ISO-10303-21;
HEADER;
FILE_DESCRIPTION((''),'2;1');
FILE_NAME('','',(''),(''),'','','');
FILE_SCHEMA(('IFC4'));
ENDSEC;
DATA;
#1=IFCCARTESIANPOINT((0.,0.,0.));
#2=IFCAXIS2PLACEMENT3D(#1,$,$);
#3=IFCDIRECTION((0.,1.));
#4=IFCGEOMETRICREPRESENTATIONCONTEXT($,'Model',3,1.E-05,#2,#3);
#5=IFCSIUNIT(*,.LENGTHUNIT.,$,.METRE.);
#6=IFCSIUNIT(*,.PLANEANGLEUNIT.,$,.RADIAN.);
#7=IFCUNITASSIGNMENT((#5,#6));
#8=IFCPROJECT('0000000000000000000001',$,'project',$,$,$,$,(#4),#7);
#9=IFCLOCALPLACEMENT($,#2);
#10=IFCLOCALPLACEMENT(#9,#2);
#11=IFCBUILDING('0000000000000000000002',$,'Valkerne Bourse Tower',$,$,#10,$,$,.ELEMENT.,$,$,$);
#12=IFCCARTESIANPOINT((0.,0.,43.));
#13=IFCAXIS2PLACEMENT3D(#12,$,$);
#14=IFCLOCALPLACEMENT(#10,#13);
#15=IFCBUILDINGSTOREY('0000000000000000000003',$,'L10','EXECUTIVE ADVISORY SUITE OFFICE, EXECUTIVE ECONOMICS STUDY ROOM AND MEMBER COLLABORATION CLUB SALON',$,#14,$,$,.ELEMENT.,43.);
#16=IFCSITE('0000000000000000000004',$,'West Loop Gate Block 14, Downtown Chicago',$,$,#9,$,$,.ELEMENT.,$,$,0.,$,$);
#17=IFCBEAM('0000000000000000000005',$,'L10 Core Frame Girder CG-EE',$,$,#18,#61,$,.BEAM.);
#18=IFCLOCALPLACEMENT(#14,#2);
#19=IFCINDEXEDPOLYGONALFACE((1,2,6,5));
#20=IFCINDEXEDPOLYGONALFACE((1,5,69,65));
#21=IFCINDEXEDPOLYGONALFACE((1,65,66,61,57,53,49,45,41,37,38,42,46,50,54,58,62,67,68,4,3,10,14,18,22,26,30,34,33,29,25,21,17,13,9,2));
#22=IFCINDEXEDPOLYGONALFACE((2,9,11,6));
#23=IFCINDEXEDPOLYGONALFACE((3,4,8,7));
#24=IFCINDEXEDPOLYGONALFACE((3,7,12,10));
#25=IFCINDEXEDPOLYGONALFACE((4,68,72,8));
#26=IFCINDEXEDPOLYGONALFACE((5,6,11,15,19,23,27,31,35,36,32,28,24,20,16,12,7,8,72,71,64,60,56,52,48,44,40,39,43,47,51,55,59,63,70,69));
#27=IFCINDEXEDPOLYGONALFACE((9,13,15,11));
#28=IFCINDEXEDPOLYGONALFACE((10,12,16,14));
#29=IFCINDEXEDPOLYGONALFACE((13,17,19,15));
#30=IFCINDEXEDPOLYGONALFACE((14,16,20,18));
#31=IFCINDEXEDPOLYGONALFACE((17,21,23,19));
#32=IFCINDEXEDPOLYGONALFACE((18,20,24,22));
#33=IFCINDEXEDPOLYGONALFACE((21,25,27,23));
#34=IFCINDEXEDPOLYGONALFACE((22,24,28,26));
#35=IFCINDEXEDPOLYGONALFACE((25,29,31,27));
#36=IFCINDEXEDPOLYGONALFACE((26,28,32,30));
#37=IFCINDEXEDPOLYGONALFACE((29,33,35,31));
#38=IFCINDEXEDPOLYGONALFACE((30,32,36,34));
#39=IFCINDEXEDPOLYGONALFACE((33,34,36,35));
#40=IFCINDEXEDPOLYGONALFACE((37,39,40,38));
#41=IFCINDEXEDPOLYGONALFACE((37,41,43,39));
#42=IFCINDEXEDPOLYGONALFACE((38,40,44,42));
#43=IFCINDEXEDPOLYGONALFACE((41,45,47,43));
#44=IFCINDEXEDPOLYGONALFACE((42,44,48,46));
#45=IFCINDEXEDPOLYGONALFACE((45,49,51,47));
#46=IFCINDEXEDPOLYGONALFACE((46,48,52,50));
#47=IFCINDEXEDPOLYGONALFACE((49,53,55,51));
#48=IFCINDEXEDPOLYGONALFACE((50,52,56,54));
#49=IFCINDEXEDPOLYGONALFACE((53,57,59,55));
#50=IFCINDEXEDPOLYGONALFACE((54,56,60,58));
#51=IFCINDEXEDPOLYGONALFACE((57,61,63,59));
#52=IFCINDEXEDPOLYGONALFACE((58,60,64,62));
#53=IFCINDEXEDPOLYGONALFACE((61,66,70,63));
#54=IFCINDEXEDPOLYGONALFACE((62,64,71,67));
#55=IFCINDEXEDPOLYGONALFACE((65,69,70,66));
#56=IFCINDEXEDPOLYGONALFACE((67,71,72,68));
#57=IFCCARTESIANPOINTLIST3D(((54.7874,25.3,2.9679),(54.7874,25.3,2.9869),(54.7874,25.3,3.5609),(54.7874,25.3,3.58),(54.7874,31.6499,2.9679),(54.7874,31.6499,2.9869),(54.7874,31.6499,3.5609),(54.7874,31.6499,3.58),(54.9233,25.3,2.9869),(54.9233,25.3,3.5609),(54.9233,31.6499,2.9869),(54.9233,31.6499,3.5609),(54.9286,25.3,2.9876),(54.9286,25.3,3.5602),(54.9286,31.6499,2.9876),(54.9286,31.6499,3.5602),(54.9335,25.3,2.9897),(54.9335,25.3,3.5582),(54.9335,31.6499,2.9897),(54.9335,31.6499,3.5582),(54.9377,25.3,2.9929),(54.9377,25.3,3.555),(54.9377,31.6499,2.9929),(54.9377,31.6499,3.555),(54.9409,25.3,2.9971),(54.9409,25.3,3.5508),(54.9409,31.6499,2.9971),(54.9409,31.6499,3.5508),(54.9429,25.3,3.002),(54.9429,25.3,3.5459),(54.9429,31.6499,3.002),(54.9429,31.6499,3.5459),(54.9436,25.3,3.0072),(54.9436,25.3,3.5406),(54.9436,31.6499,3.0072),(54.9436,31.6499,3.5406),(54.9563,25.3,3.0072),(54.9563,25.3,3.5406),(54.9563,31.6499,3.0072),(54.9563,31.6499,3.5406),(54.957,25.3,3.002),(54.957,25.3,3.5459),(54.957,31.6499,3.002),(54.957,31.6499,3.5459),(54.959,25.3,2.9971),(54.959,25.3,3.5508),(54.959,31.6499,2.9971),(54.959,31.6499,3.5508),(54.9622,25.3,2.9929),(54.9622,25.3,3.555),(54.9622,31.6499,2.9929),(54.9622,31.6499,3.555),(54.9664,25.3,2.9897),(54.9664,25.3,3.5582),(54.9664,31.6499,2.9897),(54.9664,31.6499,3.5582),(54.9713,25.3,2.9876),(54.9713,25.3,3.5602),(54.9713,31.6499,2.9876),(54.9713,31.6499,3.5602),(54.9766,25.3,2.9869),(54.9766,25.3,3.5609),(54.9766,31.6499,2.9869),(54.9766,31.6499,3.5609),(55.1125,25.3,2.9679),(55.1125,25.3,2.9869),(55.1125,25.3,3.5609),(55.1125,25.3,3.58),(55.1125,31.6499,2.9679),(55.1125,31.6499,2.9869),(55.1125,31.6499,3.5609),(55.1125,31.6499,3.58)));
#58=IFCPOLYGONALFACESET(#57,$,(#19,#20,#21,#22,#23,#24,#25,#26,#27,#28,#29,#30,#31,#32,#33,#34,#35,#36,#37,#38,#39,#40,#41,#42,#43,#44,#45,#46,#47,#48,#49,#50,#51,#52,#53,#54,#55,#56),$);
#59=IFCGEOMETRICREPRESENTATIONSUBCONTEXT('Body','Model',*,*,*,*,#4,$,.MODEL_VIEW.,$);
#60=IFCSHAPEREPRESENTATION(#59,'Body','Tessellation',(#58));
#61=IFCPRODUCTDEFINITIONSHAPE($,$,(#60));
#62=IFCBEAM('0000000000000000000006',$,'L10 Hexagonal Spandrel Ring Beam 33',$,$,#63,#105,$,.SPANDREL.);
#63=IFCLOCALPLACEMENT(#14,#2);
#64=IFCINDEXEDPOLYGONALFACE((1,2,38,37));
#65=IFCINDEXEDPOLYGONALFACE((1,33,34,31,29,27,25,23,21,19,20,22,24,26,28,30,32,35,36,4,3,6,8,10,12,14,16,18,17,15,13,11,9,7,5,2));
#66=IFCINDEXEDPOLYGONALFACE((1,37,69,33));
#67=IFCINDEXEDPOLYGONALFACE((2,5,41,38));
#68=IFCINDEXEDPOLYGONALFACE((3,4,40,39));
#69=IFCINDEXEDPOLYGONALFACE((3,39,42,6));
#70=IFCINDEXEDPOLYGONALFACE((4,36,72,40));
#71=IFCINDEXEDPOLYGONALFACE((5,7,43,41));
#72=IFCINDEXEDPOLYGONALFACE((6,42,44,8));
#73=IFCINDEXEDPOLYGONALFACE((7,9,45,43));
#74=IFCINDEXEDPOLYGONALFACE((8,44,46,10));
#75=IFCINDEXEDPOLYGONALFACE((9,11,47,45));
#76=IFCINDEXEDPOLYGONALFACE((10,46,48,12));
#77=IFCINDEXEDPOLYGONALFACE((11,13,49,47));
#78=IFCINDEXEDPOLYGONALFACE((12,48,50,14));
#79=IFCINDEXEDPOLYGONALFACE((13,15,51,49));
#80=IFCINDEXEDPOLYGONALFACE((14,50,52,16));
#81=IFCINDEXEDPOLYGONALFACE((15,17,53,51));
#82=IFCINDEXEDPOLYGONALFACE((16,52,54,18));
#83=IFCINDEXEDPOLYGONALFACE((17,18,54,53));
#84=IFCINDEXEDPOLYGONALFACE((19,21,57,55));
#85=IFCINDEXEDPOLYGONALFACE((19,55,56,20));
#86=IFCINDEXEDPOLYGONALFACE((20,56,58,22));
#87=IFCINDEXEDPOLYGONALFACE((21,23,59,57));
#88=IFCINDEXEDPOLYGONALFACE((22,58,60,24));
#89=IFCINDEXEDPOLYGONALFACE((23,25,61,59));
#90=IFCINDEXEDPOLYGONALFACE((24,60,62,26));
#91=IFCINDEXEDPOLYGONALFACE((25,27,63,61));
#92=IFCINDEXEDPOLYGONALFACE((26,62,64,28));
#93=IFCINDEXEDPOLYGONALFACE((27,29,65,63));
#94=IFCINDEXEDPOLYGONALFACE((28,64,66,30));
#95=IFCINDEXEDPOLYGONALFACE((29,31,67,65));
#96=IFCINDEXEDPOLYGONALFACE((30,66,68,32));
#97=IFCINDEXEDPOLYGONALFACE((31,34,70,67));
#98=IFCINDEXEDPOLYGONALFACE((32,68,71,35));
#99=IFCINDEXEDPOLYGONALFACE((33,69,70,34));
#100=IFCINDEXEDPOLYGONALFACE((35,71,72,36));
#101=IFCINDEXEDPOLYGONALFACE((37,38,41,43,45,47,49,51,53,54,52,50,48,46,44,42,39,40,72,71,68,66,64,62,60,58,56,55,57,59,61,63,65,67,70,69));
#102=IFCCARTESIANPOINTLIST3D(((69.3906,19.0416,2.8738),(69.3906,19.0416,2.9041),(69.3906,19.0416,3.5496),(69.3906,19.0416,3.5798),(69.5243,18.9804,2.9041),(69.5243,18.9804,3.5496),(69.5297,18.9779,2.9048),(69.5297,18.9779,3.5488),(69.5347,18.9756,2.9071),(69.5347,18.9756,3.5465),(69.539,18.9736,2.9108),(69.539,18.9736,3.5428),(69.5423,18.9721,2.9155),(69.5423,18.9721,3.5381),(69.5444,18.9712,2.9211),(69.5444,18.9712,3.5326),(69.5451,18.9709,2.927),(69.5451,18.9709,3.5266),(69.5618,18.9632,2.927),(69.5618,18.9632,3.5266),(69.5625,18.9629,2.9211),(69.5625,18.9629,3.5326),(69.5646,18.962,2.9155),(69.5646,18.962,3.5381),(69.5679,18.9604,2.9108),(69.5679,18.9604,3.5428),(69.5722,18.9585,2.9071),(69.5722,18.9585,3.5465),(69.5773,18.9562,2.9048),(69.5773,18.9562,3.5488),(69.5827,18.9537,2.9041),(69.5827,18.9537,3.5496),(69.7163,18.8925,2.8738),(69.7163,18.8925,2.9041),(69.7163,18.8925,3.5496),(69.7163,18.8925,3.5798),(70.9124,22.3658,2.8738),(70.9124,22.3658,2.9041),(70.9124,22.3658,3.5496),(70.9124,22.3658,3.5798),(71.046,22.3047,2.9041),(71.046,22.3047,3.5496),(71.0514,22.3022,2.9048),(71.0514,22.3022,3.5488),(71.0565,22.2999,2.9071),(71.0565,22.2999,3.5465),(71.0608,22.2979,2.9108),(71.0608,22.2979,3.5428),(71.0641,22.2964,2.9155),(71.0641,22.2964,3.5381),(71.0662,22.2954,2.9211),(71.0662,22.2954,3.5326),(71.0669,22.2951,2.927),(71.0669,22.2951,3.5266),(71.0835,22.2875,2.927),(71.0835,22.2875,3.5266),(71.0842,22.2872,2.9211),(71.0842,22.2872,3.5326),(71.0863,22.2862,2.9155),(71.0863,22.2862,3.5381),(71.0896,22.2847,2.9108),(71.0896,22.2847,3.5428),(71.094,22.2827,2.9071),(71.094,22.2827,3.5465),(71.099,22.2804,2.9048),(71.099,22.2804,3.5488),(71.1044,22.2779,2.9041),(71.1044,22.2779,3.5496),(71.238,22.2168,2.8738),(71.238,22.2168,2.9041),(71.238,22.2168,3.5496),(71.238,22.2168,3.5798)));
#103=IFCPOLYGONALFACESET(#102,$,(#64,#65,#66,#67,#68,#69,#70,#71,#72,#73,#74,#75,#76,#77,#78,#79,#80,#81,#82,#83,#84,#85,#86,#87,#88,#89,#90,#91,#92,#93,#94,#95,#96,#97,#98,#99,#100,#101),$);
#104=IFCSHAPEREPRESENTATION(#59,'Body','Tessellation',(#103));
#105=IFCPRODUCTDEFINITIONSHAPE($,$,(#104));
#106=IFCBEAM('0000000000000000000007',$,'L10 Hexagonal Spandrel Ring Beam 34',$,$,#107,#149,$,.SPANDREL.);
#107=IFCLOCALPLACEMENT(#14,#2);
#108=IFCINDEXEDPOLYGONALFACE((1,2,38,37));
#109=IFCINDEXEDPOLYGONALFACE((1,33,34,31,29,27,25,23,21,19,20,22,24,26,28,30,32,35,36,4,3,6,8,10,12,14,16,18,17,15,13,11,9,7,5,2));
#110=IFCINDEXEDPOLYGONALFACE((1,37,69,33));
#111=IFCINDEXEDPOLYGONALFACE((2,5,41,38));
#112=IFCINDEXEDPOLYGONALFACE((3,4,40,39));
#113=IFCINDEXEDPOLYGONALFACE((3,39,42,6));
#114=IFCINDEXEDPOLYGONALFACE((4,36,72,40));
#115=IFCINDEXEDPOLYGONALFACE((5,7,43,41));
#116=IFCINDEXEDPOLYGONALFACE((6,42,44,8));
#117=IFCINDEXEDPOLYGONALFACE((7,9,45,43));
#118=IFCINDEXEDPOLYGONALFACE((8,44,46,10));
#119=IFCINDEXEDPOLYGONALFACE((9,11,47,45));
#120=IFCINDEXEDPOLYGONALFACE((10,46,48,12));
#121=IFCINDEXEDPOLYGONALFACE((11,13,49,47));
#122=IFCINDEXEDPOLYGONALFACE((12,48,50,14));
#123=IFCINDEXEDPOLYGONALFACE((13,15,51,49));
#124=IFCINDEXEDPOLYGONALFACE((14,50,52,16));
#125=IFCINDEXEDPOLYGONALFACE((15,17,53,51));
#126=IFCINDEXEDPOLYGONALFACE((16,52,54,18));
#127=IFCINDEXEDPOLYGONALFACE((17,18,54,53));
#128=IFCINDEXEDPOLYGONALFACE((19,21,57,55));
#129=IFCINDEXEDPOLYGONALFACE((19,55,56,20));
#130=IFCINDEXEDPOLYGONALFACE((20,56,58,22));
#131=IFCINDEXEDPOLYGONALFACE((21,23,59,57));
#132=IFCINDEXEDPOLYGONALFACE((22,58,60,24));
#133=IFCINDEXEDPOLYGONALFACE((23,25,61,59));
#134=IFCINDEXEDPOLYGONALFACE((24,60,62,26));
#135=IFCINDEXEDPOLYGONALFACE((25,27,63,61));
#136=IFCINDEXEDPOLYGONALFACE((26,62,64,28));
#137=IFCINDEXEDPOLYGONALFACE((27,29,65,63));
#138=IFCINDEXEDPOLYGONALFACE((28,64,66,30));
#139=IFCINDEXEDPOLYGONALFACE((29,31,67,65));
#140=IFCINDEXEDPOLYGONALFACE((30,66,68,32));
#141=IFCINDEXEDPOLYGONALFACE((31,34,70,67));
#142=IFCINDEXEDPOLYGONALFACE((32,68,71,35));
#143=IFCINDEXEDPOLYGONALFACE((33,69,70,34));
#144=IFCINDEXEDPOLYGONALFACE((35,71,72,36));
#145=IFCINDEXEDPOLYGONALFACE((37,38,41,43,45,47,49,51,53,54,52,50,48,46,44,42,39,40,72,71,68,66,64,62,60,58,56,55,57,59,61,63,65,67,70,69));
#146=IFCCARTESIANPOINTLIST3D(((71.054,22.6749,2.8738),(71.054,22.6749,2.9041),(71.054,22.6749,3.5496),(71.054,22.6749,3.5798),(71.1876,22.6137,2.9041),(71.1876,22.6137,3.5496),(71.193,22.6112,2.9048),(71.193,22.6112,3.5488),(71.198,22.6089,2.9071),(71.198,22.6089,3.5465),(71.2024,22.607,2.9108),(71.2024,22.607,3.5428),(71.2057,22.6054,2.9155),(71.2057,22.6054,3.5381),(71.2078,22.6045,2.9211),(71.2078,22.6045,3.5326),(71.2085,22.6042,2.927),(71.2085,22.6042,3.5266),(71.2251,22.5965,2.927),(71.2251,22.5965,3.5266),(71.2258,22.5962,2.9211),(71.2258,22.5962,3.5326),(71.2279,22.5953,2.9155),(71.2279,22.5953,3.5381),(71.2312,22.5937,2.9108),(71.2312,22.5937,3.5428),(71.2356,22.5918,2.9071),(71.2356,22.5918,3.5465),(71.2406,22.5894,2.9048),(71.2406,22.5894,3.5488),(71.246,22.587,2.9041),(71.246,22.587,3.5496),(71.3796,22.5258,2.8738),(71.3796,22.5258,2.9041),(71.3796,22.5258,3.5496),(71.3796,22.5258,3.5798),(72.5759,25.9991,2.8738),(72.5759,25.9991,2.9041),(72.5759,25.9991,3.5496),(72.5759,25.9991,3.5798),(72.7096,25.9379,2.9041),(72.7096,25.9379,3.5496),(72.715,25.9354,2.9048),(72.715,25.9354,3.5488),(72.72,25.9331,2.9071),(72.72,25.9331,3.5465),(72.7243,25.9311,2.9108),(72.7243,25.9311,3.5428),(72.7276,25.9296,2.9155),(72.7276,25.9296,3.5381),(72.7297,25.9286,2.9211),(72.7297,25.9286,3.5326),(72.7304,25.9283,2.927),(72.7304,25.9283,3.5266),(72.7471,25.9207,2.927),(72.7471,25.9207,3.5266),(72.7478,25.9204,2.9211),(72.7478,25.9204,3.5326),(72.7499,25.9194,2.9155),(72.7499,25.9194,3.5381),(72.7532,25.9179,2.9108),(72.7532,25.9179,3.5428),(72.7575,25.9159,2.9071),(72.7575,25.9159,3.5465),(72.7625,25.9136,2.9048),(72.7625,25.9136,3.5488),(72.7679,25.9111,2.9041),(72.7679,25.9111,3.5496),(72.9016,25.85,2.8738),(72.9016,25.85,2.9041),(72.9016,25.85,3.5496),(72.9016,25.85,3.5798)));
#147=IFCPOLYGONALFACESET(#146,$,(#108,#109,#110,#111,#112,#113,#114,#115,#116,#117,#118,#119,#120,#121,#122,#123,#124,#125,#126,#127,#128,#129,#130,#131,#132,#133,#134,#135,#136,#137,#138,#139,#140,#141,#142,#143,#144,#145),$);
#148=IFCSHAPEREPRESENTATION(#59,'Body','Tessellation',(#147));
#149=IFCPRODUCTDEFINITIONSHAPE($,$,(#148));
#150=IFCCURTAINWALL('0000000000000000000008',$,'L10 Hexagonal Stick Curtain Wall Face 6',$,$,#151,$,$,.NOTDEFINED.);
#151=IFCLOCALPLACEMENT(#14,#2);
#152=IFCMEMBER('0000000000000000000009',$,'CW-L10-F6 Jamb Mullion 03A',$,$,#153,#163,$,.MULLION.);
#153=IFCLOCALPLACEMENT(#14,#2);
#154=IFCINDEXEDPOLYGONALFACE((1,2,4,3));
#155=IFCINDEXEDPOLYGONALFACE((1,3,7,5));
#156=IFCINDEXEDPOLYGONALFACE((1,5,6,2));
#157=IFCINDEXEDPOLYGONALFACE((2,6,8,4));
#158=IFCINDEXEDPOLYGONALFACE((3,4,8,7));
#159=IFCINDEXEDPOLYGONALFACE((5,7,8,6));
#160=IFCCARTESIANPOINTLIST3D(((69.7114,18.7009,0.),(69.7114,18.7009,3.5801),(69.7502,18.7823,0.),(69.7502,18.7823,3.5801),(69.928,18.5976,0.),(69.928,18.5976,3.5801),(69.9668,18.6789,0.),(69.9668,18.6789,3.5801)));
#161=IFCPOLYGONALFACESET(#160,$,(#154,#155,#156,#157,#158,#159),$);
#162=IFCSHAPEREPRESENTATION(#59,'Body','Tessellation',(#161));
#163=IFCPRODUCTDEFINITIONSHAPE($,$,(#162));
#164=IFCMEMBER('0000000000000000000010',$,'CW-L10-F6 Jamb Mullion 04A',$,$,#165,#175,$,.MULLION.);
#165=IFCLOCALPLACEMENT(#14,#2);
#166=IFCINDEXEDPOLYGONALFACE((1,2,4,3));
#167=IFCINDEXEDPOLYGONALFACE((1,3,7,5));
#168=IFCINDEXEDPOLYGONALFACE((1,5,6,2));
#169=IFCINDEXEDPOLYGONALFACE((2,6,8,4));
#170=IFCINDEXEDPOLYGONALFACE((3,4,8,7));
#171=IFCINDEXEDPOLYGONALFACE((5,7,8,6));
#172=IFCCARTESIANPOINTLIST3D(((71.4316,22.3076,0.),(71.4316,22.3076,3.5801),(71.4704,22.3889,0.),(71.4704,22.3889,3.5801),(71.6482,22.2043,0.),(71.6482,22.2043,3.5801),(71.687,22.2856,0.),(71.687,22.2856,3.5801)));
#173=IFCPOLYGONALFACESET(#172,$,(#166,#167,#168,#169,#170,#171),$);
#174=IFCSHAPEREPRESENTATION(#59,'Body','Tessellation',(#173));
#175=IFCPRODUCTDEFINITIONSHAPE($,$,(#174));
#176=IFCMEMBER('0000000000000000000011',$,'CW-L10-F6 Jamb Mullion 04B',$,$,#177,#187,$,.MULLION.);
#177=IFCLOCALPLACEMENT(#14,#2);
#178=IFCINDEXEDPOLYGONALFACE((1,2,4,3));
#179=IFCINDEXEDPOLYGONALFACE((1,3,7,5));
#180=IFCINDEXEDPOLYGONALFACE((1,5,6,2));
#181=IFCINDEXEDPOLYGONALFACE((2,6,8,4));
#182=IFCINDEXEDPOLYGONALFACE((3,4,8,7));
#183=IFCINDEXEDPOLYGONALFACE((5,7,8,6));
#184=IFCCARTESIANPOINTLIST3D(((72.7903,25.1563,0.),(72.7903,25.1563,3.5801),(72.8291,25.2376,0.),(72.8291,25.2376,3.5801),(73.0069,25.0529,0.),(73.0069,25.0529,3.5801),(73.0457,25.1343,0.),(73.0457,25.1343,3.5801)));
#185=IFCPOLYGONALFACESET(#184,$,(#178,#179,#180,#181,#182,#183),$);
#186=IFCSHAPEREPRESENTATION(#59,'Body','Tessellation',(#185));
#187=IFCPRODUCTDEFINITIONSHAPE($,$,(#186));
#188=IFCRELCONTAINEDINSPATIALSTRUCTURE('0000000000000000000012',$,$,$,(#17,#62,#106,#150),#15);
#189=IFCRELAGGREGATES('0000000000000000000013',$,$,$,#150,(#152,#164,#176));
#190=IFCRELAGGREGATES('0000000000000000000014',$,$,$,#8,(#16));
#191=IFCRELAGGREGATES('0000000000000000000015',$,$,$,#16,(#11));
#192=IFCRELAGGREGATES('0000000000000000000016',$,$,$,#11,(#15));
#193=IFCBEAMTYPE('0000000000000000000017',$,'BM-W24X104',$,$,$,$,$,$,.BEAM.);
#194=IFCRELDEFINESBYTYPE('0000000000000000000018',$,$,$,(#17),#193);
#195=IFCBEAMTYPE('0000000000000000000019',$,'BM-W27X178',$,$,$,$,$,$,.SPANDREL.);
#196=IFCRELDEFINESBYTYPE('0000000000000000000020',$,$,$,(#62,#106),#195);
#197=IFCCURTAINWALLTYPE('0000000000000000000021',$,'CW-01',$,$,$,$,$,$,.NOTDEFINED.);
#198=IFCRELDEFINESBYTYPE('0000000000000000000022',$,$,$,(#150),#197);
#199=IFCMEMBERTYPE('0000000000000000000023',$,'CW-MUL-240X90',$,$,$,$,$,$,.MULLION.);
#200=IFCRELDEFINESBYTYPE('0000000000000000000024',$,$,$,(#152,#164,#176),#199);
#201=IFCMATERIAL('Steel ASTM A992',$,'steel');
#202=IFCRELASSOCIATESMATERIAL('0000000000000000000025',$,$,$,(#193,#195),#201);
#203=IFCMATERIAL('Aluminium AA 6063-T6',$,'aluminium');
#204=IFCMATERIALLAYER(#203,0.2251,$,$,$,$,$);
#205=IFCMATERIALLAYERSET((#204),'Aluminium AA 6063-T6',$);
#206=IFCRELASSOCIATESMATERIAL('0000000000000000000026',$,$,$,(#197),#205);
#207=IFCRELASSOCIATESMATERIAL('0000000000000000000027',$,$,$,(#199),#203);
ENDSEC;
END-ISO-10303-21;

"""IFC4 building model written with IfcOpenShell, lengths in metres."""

from ifc_helpers import new_model, si_unit, direction, frame, origin, origin_2d, place, context, subcontext, project, spatial, rectangle, i_section, extrude, material, layer, layer_set, material_profile, profile_set, type_object, element, aggregate, save


model = new_model("IFC4")

# Units and contexts
model_context = context("Model", 3, precision=1e-05, world=origin(), true_north=direction((0.0, 1.0)))
body_context = subcontext(model_context, "Body", "Model", "MODEL_VIEW")
ifc_project = project(units=[si_unit("LENGTHUNIT", "METRE"), si_unit("PLANEANGLEUNIT", "RADIAN")], contexts=[model_context])

# Site, building, storey
site_placement = place(None, origin())
site = spatial("IfcSite", under=ifc_project, at=site_placement, Name="West Loop Gate Block 14, Downtown Chicago", CompositionType="ELEMENT", RefElevation=0.0)
building_placement = place(site_placement, origin())
building = spatial("IfcBuilding", under=site, at=building_placement, Name="Valkerne Bourse Tower", CompositionType="ELEMENT")
storey_placement = place(building_placement, frame((0.0, 0.0, 43.0)))
storey = spatial("IfcBuildingStorey", under=building, at=storey_placement, Name="L10", Description="EXECUTIVE ADVISORY SUITE OFFICE, EXECUTIVE ECONOMICS STUDY ROOM AND MEMBER COLLABORATION CLUB SALON", CompositionType="ELEMENT", Elevation=43.0)

# Beams
ifc_material_1 = material(Name="Steel ASTM A992", Category="steel")
ifc_material_profile_1 = material_profile(ifc_material_1, i_section(OverallWidth=0.3252, OverallDepth=0.6121, WebThickness=0.0127, FlangeThickness=0.019, FilletRadius=0.0203, at=origin_2d()), Name="W24X104")
ifc_profile_set_1 = profile_set([ifc_material_profile_1], Name="Steel ASTM A992")
beam_type_1 = type_object("IfcBeamType", Name="BM-W24X104", PredefinedType="BEAM", material=ifc_profile_set_1)
beam_1_placement = place(storey_placement, frame((54.95, 25.3, 3.2739), z_axis=(0.0, 1.0, 0.0), x_axis=(-1.0, 0.0, 0.0)))
element("IfcBeam", 1, at=beam_1_placement, inside=storey, type_object=beam_type_1, Name="L10 Core Frame Girder CG-EE", PredefinedType="BEAM", context=body_context, shape_type="SweptSolid", body=[
    extrude(i_section(OverallWidth=0.3252, OverallDepth=0.6121, WebThickness=0.0127, FlangeThickness=0.019, FilletRadius=0.0203, at=origin_2d()), origin(), (0.0, 0.0, 1.0), 6.3499),
])
ifc_material_profile_2 = material_profile(ifc_material_1, i_section(OverallWidth=0.3582, OverallDepth=0.7061, WebThickness=0.0183, FlangeThickness=0.0303, FilletRadius=0.0229, at=origin_2d()), Name="W27X178")
ifc_profile_set_2 = profile_set([ifc_material_profile_2], Name="Steel ASTM A992")
beam_type_2 = type_object("IfcBeamType", Name="BM-W27X178", PredefinedType="SPANDREL", material=ifc_profile_set_2)
for number, where, z_axis, x_axis, name in (
    (2, (69.5535, 18.967, 3.2268), (0.416232, 0.909259, 0.0), (-0.909259, 0.416232, 0.0), "L10 Hexagonal Spandrel Ring Beam 33"),
    (3, (71.2168, 22.6003, 3.2268), (0.416287, 0.909233, 0.0), (-0.909233, 0.416287, 0.0), "L10 Hexagonal Spandrel Ring Beam 34"),
):
    element("IfcBeam", number, at=place(storey_placement, frame(where, z_axis=z_axis, x_axis=x_axis)), inside=storey, type_object=beam_type_2, Name=name, PredefinedType="SPANDREL", context=body_context, shape_type="SweptSolid", body=[
        extrude(i_section(OverallWidth=0.3582, OverallDepth=0.7061, WebThickness=0.0183, FlangeThickness=0.0303, FilletRadius=0.0229, at=origin_2d()), origin(), (0.0, 0.0, 1.0), 3.656),
    ])

# Curtain wall, members
ifc_material_2 = material(Name="Aluminium AA 6063-T6", Category="aluminium")
ifc_layer_1 = layer(ifc_material_2, 0.2251)
ifc_layer_set_1 = layer_set([ifc_layer_1], Name="Aluminium AA 6063-T6")
curtain_wall_type = type_object("IfcCurtainWallType", Name="CW-01", PredefinedType="NOTDEFINED", material=ifc_layer_set_1)
curtain_wall_placement = place(storey_placement, origin())
curtain_wall = element("IfcCurtainWall", 4, at=curtain_wall_placement, inside=storey, type_object=curtain_wall_type, Name="L10 Hexagonal Stick Curtain Wall Face 6", PredefinedType="NOTDEFINED")
ifc_material_profile_3 = material_profile(ifc_material_2, rectangle(XDim=0.0901, YDim=0.24, at=origin_2d()), Name="CWM-90X240")
ifc_profile_set_3 = profile_set([ifc_material_profile_3], Name="Aluminium AA 6063-T6")
member_type_1 = type_object("IfcMemberType", Name="CW-MUL-240X90", PredefinedType="MULLION", material=ifc_profile_set_3)
member_1_placement = place(storey_placement, frame((69.8391, 18.6899, 0.0), z_axis=(0.0, 0.0, 1.0), x_axis=(0.4305, 0.902591, 0.0)))
member_1 = element("IfcMember", 5, at=member_1_placement, type_object=member_type_1, Name="CW-L10-F6 Jamb Mullion 03A", PredefinedType="MULLION", context=body_context, shape_type="SweptSolid", body=[
    extrude(rectangle(XDim=0.0901, YDim=0.24, at=origin_2d()), origin(), (0.0, 0.0, 1.0), 3.5801),
])
member_2_placement = place(storey_placement, frame((71.5593, 22.2966, 0.0), z_axis=(0.0, 0.0, 1.0), x_axis=(0.43051, 0.902586, 0.0)))
member_2 = element("IfcMember", 6, at=member_2_placement, type_object=member_type_1, Name="CW-L10-F6 Jamb Mullion 04A", PredefinedType="MULLION", context=body_context, shape_type="SweptSolid", body=[
    extrude(rectangle(XDim=0.0901, YDim=0.24, at=origin_2d()), origin(), (0.0, 0.0, 1.0), 3.5801),
])
member_3_placement = place(storey_placement, frame((72.918, 25.1453, 0.0), z_axis=(0.0, 0.0, 1.0), x_axis=(0.43051, 0.902586, 0.0)))
member_3 = element("IfcMember", 7, at=member_3_placement, type_object=member_type_1, Name="CW-L10-F6 Jamb Mullion 04B", PredefinedType="MULLION", context=body_context, shape_type="SweptSolid", body=[
    extrude(rectangle(XDim=0.0901, YDim=0.24, at=origin_2d()), origin(), (0.0, 0.0, 1.0), 3.5801),
])

aggregate(curtain_wall, [member_1, member_2, member_3])

save(model, "model.ifc")
